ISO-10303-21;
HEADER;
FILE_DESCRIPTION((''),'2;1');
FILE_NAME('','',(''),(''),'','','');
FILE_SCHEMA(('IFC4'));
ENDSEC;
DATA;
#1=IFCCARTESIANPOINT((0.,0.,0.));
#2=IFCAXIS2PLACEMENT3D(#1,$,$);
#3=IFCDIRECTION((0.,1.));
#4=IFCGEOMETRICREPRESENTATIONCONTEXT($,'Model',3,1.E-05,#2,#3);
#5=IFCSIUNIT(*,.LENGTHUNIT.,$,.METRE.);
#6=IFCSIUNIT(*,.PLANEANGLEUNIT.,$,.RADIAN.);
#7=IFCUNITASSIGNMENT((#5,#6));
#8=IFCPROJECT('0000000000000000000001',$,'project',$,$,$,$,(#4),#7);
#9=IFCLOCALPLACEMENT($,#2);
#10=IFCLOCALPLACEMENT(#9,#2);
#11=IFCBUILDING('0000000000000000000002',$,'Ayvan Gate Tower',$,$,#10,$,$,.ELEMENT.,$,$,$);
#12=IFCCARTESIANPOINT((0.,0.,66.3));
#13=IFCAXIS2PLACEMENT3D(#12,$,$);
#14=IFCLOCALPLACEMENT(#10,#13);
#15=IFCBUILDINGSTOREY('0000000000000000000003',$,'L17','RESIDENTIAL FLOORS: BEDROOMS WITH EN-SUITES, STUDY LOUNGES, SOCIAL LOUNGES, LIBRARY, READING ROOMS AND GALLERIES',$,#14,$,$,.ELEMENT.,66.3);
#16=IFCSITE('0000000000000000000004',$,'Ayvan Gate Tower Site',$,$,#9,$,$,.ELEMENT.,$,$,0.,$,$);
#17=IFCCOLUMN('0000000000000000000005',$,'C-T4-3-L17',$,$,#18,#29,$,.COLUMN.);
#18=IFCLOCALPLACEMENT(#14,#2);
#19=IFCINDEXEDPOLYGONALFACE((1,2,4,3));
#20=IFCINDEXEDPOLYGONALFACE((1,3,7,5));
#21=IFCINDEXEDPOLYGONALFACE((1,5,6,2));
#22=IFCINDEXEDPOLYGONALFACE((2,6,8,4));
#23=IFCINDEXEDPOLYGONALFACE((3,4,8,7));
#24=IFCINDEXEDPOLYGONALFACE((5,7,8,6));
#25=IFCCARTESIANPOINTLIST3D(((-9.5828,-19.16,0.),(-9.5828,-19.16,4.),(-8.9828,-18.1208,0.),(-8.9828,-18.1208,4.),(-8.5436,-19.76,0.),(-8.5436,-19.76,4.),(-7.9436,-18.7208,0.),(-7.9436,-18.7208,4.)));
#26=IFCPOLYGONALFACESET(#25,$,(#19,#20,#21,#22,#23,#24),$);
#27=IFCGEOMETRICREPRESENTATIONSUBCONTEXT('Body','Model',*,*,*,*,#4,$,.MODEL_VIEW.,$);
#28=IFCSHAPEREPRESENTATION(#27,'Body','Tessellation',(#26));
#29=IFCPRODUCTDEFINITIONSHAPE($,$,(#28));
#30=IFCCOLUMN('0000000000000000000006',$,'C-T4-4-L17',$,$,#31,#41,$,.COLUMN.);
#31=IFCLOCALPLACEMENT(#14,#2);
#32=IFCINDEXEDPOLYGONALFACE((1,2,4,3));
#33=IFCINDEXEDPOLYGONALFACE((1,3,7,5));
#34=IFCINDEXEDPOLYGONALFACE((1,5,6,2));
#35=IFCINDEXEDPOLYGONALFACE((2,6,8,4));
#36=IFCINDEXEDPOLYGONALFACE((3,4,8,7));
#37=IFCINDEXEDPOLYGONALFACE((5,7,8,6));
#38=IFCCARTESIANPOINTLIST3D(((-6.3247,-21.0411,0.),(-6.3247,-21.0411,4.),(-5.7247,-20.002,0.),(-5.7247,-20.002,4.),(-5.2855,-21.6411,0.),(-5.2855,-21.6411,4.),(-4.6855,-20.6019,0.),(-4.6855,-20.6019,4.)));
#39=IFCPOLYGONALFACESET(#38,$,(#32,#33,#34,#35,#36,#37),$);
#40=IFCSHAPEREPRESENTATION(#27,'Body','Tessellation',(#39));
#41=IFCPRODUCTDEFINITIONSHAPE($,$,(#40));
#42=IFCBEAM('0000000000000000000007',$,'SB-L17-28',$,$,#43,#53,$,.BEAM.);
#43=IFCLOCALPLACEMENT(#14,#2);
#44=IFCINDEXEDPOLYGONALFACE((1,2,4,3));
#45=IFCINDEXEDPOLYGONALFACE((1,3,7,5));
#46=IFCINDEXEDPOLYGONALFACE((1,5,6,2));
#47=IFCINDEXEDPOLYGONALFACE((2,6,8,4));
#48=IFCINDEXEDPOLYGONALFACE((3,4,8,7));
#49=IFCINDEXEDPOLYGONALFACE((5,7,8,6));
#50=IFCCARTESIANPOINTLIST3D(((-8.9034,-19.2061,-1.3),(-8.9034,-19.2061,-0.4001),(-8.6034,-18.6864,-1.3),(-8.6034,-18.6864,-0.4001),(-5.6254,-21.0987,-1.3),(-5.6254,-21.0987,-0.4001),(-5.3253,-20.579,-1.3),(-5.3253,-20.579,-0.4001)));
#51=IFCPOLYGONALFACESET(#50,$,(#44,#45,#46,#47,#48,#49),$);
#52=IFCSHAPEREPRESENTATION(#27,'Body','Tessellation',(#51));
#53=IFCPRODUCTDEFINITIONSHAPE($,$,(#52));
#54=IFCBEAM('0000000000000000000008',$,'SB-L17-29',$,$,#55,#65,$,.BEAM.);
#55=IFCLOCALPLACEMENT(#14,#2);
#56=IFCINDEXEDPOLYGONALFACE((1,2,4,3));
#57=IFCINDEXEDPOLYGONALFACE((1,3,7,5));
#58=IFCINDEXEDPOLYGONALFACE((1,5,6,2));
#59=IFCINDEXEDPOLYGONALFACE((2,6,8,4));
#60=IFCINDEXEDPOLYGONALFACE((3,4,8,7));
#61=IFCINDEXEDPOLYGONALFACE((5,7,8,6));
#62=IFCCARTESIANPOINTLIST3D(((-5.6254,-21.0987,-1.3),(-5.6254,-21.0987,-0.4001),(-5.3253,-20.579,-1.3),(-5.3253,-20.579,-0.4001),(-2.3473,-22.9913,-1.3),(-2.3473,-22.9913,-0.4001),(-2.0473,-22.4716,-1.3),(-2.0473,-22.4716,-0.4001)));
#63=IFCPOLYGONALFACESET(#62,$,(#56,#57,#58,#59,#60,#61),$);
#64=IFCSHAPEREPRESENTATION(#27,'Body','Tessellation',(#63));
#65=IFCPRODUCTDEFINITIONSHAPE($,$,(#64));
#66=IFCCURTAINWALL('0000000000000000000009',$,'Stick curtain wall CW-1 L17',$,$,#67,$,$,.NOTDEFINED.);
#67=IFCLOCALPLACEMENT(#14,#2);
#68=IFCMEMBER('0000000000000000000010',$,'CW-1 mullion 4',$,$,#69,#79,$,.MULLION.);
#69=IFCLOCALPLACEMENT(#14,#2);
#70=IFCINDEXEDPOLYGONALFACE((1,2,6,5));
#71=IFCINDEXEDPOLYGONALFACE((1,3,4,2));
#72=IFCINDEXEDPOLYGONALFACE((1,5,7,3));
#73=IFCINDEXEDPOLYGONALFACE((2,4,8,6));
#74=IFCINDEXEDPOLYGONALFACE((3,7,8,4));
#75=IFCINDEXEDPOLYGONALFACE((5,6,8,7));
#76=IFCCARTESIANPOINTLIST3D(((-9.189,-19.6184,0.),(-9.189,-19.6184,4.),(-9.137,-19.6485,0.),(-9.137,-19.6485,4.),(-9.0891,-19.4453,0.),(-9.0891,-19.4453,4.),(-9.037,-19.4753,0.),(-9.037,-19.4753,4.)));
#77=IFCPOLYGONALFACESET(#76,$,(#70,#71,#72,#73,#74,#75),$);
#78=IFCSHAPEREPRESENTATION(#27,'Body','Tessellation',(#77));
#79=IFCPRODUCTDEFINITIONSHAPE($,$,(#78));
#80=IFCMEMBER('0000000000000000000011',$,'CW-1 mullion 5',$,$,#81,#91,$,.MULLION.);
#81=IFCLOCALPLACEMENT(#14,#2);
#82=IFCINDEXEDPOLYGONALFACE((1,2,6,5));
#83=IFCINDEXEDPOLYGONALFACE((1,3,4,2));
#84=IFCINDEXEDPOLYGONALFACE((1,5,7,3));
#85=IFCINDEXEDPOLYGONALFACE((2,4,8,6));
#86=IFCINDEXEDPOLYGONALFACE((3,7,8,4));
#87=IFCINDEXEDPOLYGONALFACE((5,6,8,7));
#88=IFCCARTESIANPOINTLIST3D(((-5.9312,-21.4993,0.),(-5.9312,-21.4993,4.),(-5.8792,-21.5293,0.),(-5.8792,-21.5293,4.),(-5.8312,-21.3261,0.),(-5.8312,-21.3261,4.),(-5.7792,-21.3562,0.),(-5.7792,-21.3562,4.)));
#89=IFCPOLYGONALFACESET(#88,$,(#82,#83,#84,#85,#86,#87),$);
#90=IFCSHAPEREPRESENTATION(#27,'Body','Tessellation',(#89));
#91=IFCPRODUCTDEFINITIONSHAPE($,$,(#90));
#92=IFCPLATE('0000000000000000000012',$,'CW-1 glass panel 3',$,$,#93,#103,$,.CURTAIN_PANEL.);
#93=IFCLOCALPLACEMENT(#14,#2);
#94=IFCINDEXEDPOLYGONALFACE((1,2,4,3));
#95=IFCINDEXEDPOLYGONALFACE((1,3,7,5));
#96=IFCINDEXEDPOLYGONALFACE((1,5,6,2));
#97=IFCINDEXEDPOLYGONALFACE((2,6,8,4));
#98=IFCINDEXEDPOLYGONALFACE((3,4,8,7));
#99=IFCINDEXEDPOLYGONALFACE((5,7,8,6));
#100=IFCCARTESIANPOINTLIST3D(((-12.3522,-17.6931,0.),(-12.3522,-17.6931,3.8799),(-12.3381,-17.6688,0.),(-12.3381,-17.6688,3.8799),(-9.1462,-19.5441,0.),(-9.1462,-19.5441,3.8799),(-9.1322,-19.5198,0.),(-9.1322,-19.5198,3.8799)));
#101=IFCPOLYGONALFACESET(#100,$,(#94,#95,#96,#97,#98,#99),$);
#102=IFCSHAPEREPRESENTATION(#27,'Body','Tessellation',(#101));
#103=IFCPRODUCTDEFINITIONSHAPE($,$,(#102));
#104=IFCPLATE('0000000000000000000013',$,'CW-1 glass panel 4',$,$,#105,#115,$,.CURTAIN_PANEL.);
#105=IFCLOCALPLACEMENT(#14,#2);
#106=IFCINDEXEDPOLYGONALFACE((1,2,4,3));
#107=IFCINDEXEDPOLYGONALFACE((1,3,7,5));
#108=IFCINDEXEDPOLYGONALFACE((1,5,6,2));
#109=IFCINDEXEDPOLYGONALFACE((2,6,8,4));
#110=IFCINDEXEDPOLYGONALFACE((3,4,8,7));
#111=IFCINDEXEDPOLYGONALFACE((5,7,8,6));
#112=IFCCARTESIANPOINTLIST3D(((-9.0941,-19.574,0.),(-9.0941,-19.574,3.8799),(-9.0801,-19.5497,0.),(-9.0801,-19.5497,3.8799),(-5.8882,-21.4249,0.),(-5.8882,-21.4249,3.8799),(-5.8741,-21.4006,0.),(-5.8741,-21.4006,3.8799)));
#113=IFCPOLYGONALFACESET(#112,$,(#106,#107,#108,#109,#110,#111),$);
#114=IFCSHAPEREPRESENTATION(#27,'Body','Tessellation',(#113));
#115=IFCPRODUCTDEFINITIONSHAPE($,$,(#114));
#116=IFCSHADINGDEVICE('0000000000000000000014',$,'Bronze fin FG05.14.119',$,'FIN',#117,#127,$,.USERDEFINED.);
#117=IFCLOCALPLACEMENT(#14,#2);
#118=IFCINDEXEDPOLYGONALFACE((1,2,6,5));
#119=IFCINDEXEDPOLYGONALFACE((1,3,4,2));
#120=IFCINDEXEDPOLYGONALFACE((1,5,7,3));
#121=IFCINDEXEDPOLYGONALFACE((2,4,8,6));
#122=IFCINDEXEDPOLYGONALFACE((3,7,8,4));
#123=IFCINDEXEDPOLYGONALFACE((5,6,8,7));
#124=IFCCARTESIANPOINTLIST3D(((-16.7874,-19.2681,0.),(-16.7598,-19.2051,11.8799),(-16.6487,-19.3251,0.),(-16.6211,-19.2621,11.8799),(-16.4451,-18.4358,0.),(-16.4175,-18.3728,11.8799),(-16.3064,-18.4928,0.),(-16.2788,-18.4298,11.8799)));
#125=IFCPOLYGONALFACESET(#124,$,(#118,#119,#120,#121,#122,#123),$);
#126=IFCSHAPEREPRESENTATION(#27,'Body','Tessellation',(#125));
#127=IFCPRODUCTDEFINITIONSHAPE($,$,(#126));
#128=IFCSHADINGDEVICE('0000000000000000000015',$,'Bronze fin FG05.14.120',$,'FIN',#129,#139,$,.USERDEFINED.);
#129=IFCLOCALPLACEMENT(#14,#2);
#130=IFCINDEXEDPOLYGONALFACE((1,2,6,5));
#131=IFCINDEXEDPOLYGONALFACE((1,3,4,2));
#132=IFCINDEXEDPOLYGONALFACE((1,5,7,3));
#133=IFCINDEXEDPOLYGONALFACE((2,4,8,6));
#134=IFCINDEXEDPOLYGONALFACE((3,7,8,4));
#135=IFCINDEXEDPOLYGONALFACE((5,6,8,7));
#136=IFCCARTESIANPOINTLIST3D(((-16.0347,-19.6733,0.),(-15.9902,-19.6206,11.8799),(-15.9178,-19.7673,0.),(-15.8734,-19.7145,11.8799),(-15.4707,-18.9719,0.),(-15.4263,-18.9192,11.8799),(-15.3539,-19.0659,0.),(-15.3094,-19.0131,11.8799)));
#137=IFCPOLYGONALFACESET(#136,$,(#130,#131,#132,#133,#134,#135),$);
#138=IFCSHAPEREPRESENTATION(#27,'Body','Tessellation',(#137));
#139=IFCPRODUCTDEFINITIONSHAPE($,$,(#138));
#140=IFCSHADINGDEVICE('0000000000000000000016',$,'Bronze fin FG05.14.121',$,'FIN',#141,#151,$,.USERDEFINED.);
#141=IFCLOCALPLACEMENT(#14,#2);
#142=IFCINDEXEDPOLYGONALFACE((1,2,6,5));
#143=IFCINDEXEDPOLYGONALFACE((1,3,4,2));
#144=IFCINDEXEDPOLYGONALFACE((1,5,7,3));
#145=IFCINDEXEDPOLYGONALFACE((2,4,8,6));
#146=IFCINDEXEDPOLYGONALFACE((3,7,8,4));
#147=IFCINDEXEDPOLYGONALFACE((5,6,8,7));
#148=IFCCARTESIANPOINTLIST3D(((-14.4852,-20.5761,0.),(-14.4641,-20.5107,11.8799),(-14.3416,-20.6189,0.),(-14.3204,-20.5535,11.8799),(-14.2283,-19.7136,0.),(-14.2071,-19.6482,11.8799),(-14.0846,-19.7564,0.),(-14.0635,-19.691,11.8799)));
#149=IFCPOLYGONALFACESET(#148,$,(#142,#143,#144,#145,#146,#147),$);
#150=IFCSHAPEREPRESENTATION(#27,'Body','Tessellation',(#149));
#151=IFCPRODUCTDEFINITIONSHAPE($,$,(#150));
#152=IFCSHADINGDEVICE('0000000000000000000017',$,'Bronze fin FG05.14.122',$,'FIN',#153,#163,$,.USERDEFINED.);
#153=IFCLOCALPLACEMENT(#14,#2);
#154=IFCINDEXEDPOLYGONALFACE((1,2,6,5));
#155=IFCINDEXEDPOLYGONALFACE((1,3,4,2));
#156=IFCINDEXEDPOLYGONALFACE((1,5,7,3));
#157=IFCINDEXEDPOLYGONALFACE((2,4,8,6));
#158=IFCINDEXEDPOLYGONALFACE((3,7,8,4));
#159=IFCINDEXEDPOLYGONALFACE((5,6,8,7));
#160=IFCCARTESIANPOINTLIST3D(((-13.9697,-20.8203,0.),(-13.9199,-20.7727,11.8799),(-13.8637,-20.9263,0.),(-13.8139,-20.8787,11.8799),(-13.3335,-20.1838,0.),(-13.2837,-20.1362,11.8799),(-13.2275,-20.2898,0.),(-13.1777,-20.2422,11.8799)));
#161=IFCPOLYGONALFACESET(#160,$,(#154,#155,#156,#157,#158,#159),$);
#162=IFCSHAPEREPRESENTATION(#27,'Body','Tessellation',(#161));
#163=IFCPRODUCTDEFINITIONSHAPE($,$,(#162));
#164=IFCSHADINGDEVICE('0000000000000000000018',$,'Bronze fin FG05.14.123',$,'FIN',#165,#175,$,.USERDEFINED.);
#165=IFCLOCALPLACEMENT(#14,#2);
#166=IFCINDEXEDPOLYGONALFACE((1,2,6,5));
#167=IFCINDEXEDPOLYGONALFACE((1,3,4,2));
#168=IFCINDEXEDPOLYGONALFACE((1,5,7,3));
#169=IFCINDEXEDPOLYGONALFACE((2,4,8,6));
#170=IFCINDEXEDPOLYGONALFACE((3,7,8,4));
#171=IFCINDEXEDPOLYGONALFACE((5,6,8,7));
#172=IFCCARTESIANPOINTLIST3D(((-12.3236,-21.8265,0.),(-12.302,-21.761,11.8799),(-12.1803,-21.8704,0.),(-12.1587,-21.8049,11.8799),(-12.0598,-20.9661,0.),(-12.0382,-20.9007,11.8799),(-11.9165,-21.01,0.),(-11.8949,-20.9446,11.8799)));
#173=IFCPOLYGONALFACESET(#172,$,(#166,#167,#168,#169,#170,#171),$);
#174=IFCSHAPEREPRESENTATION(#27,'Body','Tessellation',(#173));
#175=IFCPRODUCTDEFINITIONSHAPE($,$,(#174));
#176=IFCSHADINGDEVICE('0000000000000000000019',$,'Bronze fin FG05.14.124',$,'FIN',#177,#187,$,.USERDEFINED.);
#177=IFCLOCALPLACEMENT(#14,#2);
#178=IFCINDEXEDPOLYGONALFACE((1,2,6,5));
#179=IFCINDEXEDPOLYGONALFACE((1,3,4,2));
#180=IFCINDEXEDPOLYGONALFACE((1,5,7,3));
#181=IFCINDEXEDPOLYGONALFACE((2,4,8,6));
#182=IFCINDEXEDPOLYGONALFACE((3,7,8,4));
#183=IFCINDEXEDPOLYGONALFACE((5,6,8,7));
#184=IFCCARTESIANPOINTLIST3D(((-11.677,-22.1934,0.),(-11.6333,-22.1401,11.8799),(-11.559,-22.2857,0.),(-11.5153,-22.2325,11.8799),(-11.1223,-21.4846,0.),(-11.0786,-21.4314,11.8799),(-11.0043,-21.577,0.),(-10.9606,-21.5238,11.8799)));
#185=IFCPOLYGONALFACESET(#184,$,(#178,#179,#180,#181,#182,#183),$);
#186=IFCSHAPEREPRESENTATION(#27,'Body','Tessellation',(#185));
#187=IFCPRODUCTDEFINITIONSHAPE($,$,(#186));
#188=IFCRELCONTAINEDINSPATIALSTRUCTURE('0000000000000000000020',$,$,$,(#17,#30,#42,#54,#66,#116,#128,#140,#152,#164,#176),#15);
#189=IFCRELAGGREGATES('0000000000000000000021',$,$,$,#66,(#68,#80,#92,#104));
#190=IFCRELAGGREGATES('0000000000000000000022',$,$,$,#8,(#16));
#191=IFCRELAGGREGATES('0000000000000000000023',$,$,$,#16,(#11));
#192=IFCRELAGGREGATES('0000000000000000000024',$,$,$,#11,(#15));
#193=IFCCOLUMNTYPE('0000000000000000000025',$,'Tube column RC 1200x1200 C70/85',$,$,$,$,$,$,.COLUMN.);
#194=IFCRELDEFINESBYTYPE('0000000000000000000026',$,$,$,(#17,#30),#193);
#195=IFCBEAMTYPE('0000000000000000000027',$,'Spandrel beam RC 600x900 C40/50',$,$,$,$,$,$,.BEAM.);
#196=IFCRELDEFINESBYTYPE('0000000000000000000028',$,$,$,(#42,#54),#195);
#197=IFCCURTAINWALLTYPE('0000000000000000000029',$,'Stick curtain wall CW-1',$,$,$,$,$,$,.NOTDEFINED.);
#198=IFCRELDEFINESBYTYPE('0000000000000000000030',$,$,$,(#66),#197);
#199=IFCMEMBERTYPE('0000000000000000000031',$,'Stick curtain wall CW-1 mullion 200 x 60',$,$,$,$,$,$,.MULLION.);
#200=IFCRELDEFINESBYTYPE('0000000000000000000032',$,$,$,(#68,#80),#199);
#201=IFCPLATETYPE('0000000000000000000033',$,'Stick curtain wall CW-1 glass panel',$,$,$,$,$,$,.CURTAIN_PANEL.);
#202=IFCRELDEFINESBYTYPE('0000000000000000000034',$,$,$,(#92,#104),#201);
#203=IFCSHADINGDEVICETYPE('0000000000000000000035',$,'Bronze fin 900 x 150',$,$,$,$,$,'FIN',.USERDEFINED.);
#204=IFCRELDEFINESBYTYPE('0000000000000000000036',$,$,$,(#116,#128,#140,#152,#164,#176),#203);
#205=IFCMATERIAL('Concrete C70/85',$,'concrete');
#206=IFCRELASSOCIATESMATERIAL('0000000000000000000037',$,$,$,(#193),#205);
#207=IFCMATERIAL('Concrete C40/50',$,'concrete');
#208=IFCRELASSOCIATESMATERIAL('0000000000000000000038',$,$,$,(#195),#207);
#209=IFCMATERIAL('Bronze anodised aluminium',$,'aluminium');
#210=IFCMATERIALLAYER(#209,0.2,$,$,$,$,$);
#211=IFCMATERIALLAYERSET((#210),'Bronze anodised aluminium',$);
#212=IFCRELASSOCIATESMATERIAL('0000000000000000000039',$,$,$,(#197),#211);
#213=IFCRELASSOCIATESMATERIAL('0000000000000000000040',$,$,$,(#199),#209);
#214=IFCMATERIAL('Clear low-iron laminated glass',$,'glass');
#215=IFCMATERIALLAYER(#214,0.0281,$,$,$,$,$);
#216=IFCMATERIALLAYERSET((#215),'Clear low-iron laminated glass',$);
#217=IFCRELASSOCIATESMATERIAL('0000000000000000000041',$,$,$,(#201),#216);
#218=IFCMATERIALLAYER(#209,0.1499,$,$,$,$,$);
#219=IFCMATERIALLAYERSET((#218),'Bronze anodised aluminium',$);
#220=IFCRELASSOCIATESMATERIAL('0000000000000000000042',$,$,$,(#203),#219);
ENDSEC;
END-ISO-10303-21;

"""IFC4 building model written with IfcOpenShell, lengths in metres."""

from ifc_helpers import new_model, si_unit, direction, frame, origin, origin_2d, place, context, subcontext, project, spatial, polyline, rectangle, outline, extrude, material, layer, layer_set, material_profile, profile_set, type_object, element, aggregate, save


model = new_model("IFC4")

# Units and contexts
model_context = context("Model", 3, precision=1e-05, world=origin(), true_north=direction((0.0, 1.0)))
body_context = subcontext(model_context, "Body", "Model", "MODEL_VIEW")
ifc_project = project(units=[si_unit("LENGTHUNIT", "METRE"), si_unit("PLANEANGLEUNIT", "RADIAN")], contexts=[model_context])

# Site, building, storey
site_placement = place(None, origin())
site = spatial("IfcSite", under=ifc_project, at=site_placement, Name="Ayvan Gate Tower Site", CompositionType="ELEMENT", RefElevation=0.0)
building_placement = place(site_placement, origin())
building = spatial("IfcBuilding", under=site, at=building_placement, Name="Ayvan Gate Tower", CompositionType="ELEMENT")
storey_placement = place(building_placement, frame((0.0, 0.0, 66.3)))
storey = spatial("IfcBuildingStorey", under=building, at=storey_placement, Name="L17", Description="RESIDENTIAL FLOORS: BEDROOMS WITH EN-SUITES, STUDY LOUNGES, SOCIAL LOUNGES, LIBRARY, READING ROOMS AND GALLERIES", CompositionType="ELEMENT", Elevation=66.3)

# Columns
ifc_material_1 = material(Name="Concrete C70/85", Category="concrete")
ifc_material_profile_1 = material_profile(ifc_material_1, rectangle(XDim=1.2, YDim=1.2, at=origin_2d()), Name="RC 1200x1200")
ifc_profile_set_1 = profile_set([ifc_material_profile_1], Name="Concrete C70/85")
column_type = type_object("IfcColumnType", Name="Tube column RC 1200x1200 C70/85", PredefinedType="COLUMN", material=ifc_profile_set_1)
for number, where, z_axis, x_axis, name in (
    (1, (-8.7632, -18.9404, 0.0), (0.0, 0.0, 1.0), (-0.5, -0.866025, 0.0), "C-T4-3-L17"),
    (2, (-5.5051, -20.8215, 0.0), (0.0, 0.0, 1.0), (-0.5, -0.866025, 0.0), "C-T4-4-L17"),
):
    element("IfcColumn", number, at=place(storey_placement, frame(where, z_axis=z_axis, x_axis=x_axis)), inside=storey, type_object=column_type, Name=name, PredefinedType="COLUMN", context=body_context, shape_type="SweptSolid", body=[
        extrude(rectangle(XDim=1.2, YDim=1.2, at=origin_2d()), origin(), (0.0, 0.0, 1.0), 4.0),
    ])

# Beams
ifc_material_2 = material(Name="Concrete C40/50", Category="concrete")
ifc_material_profile_2 = material_profile(ifc_material_2, rectangle(XDim=0.6001, YDim=0.8999, at=origin_2d()), Name="RC 600x900")
ifc_profile_set_2 = profile_set([ifc_material_profile_2], Name="Concrete C40/50")
beam_type = type_object("IfcBeamType", Name="Spandrel beam RC 600x900 C40/50", PredefinedType="BEAM", material=ifc_profile_set_2)
for number, where, z_axis, x_axis, name in (
    (3, (-8.7534, -18.9463, -0.8501), (0.866028, -0.499996, 0.0), (0.499996, 0.866028, 0.0), "SB-L17-28"),
    (4, (-5.4753, -20.8389, -0.8501), (0.866028, -0.499996, 0.0), (0.499996, 0.866028, 0.0), "SB-L17-29"),
):
    element("IfcBeam", number, at=place(storey_placement, frame(where, z_axis=z_axis, x_axis=x_axis)), inside=storey, type_object=beam_type, Name=name, PredefinedType="BEAM", context=body_context, shape_type="SweptSolid", body=[
        extrude(rectangle(XDim=0.6001, YDim=0.8999, at=origin_2d()), origin(), (0.0, 0.0, 1.0), 3.7852),
    ])

# Curtain wall, members, plates
ifc_material_3 = material(Name="Bronze anodised aluminium", Category="aluminium")
ifc_layer_1 = layer(ifc_material_3, 0.2)
ifc_layer_set_1 = layer_set([ifc_layer_1], Name="Bronze anodised aluminium")
curtain_wall_type = type_object("IfcCurtainWallType", Name="Stick curtain wall CW-1", PredefinedType="NOTDEFINED", material=ifc_layer_set_1)
curtain_wall_placement = place(storey_placement, origin())
curtain_wall = element("IfcCurtainWall", 5, at=curtain_wall_placement, inside=storey, type_object=curtain_wall_type, Name="Stick curtain wall CW-1 L17", PredefinedType="NOTDEFINED")
ifc_material_profile_3 = material_profile(ifc_material_3, rectangle(XDim=0.2, YDim=0.0601, at=origin_2d()), Name="Stick curtain wall CW-1 mullion 200 x 60")
ifc_profile_set_3 = profile_set([ifc_material_profile_3], Name="Bronze anodised aluminium")
member_type = type_object("IfcMemberType", Name="Stick curtain wall CW-1 mullion 200 x 60", PredefinedType="MULLION", material=ifc_profile_set_3)
member_1_placement = place(storey_placement, frame((-9.113, -19.5469, 0.0), z_axis=(0.0, 0.0, 1.0), x_axis=(-0.5, -0.866025, 0.0)))
member_1 = element("IfcMember", 6, at=member_1_placement, type_object=member_type, Name="CW-1 mullion 4", PredefinedType="MULLION", context=body_context, shape_type="SweptSolid", body=[
    extrude(rectangle(XDim=0.2, YDim=0.0601, at=origin_2d()), origin(), (0.0, 0.0, 1.0), 4.0),
])
member_2_placement = place(storey_placement, frame((-5.8552, -21.4277, 0.0), z_axis=(0.0, 0.0, 1.0), x_axis=(-0.5, -0.866025, 0.0)))
member_2 = element("IfcMember", 7, at=member_2_placement, type_object=member_type, Name="CW-1 mullion 5", PredefinedType="MULLION", context=body_context, shape_type="SweptSolid", body=[
    extrude(rectangle(XDim=0.2, YDim=0.0601, at=origin_2d()), origin(), (0.0, 0.0, 1.0), 4.0),
])
ifc_material_4 = material(Name="Clear low-iron laminated glass", Category="glass")
ifc_layer_2 = layer(ifc_material_4, 0.0281)
ifc_layer_set_2 = layer_set([ifc_layer_2], Name="Clear low-iron laminated glass")
plate_type = type_object("IfcPlateType", Name="Stick curtain wall CW-1 glass panel", PredefinedType="CURTAIN_PANEL", material=ifc_layer_set_2)
plate_1_placement = place(storey_placement, frame((-10.7422, -18.6064, 0.0), z_axis=(0.0, 0.0, 1.0), x_axis=(0.866025, -0.5, 0.0)))
plate_1 = element("IfcPlate", 8, at=plate_1_placement, type_object=plate_type, Name="CW-1 glass panel 3", PredefinedType="CURTAIN_PANEL", context=body_context, shape_type="SweptSolid", body=[
    extrude(rectangle(XDim=3.7019, YDim=0.0281, at=origin_2d()), origin(), (0.0, 0.0, 1.0), 3.8799),
])
plate_2_placement = place(storey_placement, frame((-7.4841, -20.4873, 0.0), z_axis=(0.0, 0.0, 1.0), x_axis=(0.866025, -0.5, 0.0)))
plate_2 = element("IfcPlate", 9, at=plate_2_placement, type_object=plate_type, Name="CW-1 glass panel 4", PredefinedType="CURTAIN_PANEL", context=body_context, shape_type="SweptSolid", body=[
    extrude(rectangle(XDim=3.7019, YDim=0.0281, at=origin_2d()), origin(), (0.0, 0.0, 1.0), 3.8799),
])
aggregate(curtain_wall, [member_1, member_2, plate_1, plate_2])

# Shading devices
ifc_layer_3 = layer(ifc_material_3, 0.1499)
ifc_layer_set_3 = layer_set([ifc_layer_3], Name="Bronze anodised aluminium")
shading_device_type = type_object("IfcShadingDeviceType", Name="Bronze fin 900 x 150", ElementType="FIN", PredefinedType="USERDEFINED", material=ifc_layer_set_3)
shading_device_1_placement = place(storey_placement, frame((-16.4451, -18.4358, 0.0), z_axis=(-0.924841, 0.380354, 0.000131), x_axis=(-0.380354, -0.924841, 0.0)))
element("IfcShadingDevice", 10, at=shading_device_1_placement, inside=storey, type_object=shading_device_type, Name="Bronze fin FG05.14.119", ObjectType="FIN", PredefinedType="USERDEFINED", context=body_context, shape_type="SweptSolid", body=[
    extrude(outline(polyline([(0.0, 0.0), (0.8999, 0.0), (0.8312, 11.8799), (-0.0687, 11.8799), (0.0, 0.0)])), origin(), (0.0, 0.0, -1.0), 0.1499),
])
shading_device_2_placement = place(storey_placement, frame((-15.4707, -18.9719, 0.0), z_axis=(-0.779332, 0.626612, 0.000133), x_axis=(-0.626612, -0.779332, 0.0)))
element("IfcShadingDevice", 11, at=shading_device_2_placement, inside=storey, type_object=shading_device_type, Name="Bronze fin FG05.14.120", ObjectType="FIN", PredefinedType="USERDEFINED", context=body_context, shape_type="SweptSolid", body=[
    extrude(outline(polyline([(0.0, 0.0), (0.9, 0.0), (0.8311, 11.8799), (-0.0689, 11.8799), (0.0, 0.0)])), origin(), (0.0, 0.0, -1.0), 0.1499),
])
shading_device_3_placement = place(storey_placement, frame((-14.2283, -19.7136, 0.0), z_axis=(-0.958377, 0.285506, 0.000131), x_axis=(-0.285506, -0.958377, 0.0)))
element("IfcShadingDevice", 12, at=shading_device_3_placement, inside=storey, type_object=shading_device_type, Name="Bronze fin FG05.14.121", ObjectType="FIN", PredefinedType="USERDEFINED", context=body_context, shape_type="SweptSolid", body=[
    extrude(outline(polyline([(0.0, 0.0), (0.9, 0.0), (0.8313, 11.8799), (-0.0688, 11.8799), (0.0, 0.0)])), origin(), (0.0, 0.0, -1.0), 0.1499),
])
shading_device_4_placement = place(storey_placement, frame((-13.3335, -20.1838, 0.0), z_axis=(-0.707242, 0.706971, 0.000132), x_axis=(-0.706971, -0.707242, 0.0)))
element("IfcShadingDevice", 13, at=shading_device_4_placement, inside=storey, type_object=shading_device_type, Name="Bronze fin FG05.14.122", ObjectType="FIN", PredefinedType="USERDEFINED", context=body_context, shape_type="SweptSolid", body=[
    extrude(outline(polyline([(0.0, 0.0), (0.8999, 0.0), (0.8311, 11.8799), (-0.0689, 11.8799), (0.0, 0.0)])), origin(), (0.0, 0.0, -1.0), 0.1499),
])
shading_device_5_placement = place(storey_placement, frame((-12.0598, -20.9661, 0.0), z_axis=(-0.956069, 0.293142, 0.000124), x_axis=(-0.293142, -0.956069, 0.0)))
element("IfcShadingDevice", 14, at=shading_device_5_placement, inside=storey, type_object=shading_device_type, Name="Bronze fin FG05.14.123", ObjectType="FIN", PredefinedType="USERDEFINED", context=body_context, shape_type="SweptSolid", body=[
    extrude(outline(polyline([(0.0, 0.0), (0.8999, 0.0), (0.831, 11.8799), (-0.0689, 11.8799), (0.0, 0.0)])), origin(), (0.0, 0.0, -1.0), 0.1499),
])
shading_device_6_placement = place(storey_placement, frame((-11.1223, -21.4846, 0.0), z_axis=(-0.787494, 0.616323, 0.000136), x_axis=(-0.616323, -0.787494, 0.0)))
element("IfcShadingDevice", 15, at=shading_device_6_placement, inside=storey, type_object=shading_device_type, Name="Bronze fin FG05.14.124", ObjectType="FIN", PredefinedType="USERDEFINED", context=body_context, shape_type="SweptSolid", body=[
    extrude(outline(polyline([(0.0, 0.0), (0.9, 0.0), (0.8311, 11.8799), (-0.0688, 11.8799), (0.0, 0.0)])), origin(), (0.0, 0.0, -1.0), 0.1499),
])

save(model, "model.ifc")
